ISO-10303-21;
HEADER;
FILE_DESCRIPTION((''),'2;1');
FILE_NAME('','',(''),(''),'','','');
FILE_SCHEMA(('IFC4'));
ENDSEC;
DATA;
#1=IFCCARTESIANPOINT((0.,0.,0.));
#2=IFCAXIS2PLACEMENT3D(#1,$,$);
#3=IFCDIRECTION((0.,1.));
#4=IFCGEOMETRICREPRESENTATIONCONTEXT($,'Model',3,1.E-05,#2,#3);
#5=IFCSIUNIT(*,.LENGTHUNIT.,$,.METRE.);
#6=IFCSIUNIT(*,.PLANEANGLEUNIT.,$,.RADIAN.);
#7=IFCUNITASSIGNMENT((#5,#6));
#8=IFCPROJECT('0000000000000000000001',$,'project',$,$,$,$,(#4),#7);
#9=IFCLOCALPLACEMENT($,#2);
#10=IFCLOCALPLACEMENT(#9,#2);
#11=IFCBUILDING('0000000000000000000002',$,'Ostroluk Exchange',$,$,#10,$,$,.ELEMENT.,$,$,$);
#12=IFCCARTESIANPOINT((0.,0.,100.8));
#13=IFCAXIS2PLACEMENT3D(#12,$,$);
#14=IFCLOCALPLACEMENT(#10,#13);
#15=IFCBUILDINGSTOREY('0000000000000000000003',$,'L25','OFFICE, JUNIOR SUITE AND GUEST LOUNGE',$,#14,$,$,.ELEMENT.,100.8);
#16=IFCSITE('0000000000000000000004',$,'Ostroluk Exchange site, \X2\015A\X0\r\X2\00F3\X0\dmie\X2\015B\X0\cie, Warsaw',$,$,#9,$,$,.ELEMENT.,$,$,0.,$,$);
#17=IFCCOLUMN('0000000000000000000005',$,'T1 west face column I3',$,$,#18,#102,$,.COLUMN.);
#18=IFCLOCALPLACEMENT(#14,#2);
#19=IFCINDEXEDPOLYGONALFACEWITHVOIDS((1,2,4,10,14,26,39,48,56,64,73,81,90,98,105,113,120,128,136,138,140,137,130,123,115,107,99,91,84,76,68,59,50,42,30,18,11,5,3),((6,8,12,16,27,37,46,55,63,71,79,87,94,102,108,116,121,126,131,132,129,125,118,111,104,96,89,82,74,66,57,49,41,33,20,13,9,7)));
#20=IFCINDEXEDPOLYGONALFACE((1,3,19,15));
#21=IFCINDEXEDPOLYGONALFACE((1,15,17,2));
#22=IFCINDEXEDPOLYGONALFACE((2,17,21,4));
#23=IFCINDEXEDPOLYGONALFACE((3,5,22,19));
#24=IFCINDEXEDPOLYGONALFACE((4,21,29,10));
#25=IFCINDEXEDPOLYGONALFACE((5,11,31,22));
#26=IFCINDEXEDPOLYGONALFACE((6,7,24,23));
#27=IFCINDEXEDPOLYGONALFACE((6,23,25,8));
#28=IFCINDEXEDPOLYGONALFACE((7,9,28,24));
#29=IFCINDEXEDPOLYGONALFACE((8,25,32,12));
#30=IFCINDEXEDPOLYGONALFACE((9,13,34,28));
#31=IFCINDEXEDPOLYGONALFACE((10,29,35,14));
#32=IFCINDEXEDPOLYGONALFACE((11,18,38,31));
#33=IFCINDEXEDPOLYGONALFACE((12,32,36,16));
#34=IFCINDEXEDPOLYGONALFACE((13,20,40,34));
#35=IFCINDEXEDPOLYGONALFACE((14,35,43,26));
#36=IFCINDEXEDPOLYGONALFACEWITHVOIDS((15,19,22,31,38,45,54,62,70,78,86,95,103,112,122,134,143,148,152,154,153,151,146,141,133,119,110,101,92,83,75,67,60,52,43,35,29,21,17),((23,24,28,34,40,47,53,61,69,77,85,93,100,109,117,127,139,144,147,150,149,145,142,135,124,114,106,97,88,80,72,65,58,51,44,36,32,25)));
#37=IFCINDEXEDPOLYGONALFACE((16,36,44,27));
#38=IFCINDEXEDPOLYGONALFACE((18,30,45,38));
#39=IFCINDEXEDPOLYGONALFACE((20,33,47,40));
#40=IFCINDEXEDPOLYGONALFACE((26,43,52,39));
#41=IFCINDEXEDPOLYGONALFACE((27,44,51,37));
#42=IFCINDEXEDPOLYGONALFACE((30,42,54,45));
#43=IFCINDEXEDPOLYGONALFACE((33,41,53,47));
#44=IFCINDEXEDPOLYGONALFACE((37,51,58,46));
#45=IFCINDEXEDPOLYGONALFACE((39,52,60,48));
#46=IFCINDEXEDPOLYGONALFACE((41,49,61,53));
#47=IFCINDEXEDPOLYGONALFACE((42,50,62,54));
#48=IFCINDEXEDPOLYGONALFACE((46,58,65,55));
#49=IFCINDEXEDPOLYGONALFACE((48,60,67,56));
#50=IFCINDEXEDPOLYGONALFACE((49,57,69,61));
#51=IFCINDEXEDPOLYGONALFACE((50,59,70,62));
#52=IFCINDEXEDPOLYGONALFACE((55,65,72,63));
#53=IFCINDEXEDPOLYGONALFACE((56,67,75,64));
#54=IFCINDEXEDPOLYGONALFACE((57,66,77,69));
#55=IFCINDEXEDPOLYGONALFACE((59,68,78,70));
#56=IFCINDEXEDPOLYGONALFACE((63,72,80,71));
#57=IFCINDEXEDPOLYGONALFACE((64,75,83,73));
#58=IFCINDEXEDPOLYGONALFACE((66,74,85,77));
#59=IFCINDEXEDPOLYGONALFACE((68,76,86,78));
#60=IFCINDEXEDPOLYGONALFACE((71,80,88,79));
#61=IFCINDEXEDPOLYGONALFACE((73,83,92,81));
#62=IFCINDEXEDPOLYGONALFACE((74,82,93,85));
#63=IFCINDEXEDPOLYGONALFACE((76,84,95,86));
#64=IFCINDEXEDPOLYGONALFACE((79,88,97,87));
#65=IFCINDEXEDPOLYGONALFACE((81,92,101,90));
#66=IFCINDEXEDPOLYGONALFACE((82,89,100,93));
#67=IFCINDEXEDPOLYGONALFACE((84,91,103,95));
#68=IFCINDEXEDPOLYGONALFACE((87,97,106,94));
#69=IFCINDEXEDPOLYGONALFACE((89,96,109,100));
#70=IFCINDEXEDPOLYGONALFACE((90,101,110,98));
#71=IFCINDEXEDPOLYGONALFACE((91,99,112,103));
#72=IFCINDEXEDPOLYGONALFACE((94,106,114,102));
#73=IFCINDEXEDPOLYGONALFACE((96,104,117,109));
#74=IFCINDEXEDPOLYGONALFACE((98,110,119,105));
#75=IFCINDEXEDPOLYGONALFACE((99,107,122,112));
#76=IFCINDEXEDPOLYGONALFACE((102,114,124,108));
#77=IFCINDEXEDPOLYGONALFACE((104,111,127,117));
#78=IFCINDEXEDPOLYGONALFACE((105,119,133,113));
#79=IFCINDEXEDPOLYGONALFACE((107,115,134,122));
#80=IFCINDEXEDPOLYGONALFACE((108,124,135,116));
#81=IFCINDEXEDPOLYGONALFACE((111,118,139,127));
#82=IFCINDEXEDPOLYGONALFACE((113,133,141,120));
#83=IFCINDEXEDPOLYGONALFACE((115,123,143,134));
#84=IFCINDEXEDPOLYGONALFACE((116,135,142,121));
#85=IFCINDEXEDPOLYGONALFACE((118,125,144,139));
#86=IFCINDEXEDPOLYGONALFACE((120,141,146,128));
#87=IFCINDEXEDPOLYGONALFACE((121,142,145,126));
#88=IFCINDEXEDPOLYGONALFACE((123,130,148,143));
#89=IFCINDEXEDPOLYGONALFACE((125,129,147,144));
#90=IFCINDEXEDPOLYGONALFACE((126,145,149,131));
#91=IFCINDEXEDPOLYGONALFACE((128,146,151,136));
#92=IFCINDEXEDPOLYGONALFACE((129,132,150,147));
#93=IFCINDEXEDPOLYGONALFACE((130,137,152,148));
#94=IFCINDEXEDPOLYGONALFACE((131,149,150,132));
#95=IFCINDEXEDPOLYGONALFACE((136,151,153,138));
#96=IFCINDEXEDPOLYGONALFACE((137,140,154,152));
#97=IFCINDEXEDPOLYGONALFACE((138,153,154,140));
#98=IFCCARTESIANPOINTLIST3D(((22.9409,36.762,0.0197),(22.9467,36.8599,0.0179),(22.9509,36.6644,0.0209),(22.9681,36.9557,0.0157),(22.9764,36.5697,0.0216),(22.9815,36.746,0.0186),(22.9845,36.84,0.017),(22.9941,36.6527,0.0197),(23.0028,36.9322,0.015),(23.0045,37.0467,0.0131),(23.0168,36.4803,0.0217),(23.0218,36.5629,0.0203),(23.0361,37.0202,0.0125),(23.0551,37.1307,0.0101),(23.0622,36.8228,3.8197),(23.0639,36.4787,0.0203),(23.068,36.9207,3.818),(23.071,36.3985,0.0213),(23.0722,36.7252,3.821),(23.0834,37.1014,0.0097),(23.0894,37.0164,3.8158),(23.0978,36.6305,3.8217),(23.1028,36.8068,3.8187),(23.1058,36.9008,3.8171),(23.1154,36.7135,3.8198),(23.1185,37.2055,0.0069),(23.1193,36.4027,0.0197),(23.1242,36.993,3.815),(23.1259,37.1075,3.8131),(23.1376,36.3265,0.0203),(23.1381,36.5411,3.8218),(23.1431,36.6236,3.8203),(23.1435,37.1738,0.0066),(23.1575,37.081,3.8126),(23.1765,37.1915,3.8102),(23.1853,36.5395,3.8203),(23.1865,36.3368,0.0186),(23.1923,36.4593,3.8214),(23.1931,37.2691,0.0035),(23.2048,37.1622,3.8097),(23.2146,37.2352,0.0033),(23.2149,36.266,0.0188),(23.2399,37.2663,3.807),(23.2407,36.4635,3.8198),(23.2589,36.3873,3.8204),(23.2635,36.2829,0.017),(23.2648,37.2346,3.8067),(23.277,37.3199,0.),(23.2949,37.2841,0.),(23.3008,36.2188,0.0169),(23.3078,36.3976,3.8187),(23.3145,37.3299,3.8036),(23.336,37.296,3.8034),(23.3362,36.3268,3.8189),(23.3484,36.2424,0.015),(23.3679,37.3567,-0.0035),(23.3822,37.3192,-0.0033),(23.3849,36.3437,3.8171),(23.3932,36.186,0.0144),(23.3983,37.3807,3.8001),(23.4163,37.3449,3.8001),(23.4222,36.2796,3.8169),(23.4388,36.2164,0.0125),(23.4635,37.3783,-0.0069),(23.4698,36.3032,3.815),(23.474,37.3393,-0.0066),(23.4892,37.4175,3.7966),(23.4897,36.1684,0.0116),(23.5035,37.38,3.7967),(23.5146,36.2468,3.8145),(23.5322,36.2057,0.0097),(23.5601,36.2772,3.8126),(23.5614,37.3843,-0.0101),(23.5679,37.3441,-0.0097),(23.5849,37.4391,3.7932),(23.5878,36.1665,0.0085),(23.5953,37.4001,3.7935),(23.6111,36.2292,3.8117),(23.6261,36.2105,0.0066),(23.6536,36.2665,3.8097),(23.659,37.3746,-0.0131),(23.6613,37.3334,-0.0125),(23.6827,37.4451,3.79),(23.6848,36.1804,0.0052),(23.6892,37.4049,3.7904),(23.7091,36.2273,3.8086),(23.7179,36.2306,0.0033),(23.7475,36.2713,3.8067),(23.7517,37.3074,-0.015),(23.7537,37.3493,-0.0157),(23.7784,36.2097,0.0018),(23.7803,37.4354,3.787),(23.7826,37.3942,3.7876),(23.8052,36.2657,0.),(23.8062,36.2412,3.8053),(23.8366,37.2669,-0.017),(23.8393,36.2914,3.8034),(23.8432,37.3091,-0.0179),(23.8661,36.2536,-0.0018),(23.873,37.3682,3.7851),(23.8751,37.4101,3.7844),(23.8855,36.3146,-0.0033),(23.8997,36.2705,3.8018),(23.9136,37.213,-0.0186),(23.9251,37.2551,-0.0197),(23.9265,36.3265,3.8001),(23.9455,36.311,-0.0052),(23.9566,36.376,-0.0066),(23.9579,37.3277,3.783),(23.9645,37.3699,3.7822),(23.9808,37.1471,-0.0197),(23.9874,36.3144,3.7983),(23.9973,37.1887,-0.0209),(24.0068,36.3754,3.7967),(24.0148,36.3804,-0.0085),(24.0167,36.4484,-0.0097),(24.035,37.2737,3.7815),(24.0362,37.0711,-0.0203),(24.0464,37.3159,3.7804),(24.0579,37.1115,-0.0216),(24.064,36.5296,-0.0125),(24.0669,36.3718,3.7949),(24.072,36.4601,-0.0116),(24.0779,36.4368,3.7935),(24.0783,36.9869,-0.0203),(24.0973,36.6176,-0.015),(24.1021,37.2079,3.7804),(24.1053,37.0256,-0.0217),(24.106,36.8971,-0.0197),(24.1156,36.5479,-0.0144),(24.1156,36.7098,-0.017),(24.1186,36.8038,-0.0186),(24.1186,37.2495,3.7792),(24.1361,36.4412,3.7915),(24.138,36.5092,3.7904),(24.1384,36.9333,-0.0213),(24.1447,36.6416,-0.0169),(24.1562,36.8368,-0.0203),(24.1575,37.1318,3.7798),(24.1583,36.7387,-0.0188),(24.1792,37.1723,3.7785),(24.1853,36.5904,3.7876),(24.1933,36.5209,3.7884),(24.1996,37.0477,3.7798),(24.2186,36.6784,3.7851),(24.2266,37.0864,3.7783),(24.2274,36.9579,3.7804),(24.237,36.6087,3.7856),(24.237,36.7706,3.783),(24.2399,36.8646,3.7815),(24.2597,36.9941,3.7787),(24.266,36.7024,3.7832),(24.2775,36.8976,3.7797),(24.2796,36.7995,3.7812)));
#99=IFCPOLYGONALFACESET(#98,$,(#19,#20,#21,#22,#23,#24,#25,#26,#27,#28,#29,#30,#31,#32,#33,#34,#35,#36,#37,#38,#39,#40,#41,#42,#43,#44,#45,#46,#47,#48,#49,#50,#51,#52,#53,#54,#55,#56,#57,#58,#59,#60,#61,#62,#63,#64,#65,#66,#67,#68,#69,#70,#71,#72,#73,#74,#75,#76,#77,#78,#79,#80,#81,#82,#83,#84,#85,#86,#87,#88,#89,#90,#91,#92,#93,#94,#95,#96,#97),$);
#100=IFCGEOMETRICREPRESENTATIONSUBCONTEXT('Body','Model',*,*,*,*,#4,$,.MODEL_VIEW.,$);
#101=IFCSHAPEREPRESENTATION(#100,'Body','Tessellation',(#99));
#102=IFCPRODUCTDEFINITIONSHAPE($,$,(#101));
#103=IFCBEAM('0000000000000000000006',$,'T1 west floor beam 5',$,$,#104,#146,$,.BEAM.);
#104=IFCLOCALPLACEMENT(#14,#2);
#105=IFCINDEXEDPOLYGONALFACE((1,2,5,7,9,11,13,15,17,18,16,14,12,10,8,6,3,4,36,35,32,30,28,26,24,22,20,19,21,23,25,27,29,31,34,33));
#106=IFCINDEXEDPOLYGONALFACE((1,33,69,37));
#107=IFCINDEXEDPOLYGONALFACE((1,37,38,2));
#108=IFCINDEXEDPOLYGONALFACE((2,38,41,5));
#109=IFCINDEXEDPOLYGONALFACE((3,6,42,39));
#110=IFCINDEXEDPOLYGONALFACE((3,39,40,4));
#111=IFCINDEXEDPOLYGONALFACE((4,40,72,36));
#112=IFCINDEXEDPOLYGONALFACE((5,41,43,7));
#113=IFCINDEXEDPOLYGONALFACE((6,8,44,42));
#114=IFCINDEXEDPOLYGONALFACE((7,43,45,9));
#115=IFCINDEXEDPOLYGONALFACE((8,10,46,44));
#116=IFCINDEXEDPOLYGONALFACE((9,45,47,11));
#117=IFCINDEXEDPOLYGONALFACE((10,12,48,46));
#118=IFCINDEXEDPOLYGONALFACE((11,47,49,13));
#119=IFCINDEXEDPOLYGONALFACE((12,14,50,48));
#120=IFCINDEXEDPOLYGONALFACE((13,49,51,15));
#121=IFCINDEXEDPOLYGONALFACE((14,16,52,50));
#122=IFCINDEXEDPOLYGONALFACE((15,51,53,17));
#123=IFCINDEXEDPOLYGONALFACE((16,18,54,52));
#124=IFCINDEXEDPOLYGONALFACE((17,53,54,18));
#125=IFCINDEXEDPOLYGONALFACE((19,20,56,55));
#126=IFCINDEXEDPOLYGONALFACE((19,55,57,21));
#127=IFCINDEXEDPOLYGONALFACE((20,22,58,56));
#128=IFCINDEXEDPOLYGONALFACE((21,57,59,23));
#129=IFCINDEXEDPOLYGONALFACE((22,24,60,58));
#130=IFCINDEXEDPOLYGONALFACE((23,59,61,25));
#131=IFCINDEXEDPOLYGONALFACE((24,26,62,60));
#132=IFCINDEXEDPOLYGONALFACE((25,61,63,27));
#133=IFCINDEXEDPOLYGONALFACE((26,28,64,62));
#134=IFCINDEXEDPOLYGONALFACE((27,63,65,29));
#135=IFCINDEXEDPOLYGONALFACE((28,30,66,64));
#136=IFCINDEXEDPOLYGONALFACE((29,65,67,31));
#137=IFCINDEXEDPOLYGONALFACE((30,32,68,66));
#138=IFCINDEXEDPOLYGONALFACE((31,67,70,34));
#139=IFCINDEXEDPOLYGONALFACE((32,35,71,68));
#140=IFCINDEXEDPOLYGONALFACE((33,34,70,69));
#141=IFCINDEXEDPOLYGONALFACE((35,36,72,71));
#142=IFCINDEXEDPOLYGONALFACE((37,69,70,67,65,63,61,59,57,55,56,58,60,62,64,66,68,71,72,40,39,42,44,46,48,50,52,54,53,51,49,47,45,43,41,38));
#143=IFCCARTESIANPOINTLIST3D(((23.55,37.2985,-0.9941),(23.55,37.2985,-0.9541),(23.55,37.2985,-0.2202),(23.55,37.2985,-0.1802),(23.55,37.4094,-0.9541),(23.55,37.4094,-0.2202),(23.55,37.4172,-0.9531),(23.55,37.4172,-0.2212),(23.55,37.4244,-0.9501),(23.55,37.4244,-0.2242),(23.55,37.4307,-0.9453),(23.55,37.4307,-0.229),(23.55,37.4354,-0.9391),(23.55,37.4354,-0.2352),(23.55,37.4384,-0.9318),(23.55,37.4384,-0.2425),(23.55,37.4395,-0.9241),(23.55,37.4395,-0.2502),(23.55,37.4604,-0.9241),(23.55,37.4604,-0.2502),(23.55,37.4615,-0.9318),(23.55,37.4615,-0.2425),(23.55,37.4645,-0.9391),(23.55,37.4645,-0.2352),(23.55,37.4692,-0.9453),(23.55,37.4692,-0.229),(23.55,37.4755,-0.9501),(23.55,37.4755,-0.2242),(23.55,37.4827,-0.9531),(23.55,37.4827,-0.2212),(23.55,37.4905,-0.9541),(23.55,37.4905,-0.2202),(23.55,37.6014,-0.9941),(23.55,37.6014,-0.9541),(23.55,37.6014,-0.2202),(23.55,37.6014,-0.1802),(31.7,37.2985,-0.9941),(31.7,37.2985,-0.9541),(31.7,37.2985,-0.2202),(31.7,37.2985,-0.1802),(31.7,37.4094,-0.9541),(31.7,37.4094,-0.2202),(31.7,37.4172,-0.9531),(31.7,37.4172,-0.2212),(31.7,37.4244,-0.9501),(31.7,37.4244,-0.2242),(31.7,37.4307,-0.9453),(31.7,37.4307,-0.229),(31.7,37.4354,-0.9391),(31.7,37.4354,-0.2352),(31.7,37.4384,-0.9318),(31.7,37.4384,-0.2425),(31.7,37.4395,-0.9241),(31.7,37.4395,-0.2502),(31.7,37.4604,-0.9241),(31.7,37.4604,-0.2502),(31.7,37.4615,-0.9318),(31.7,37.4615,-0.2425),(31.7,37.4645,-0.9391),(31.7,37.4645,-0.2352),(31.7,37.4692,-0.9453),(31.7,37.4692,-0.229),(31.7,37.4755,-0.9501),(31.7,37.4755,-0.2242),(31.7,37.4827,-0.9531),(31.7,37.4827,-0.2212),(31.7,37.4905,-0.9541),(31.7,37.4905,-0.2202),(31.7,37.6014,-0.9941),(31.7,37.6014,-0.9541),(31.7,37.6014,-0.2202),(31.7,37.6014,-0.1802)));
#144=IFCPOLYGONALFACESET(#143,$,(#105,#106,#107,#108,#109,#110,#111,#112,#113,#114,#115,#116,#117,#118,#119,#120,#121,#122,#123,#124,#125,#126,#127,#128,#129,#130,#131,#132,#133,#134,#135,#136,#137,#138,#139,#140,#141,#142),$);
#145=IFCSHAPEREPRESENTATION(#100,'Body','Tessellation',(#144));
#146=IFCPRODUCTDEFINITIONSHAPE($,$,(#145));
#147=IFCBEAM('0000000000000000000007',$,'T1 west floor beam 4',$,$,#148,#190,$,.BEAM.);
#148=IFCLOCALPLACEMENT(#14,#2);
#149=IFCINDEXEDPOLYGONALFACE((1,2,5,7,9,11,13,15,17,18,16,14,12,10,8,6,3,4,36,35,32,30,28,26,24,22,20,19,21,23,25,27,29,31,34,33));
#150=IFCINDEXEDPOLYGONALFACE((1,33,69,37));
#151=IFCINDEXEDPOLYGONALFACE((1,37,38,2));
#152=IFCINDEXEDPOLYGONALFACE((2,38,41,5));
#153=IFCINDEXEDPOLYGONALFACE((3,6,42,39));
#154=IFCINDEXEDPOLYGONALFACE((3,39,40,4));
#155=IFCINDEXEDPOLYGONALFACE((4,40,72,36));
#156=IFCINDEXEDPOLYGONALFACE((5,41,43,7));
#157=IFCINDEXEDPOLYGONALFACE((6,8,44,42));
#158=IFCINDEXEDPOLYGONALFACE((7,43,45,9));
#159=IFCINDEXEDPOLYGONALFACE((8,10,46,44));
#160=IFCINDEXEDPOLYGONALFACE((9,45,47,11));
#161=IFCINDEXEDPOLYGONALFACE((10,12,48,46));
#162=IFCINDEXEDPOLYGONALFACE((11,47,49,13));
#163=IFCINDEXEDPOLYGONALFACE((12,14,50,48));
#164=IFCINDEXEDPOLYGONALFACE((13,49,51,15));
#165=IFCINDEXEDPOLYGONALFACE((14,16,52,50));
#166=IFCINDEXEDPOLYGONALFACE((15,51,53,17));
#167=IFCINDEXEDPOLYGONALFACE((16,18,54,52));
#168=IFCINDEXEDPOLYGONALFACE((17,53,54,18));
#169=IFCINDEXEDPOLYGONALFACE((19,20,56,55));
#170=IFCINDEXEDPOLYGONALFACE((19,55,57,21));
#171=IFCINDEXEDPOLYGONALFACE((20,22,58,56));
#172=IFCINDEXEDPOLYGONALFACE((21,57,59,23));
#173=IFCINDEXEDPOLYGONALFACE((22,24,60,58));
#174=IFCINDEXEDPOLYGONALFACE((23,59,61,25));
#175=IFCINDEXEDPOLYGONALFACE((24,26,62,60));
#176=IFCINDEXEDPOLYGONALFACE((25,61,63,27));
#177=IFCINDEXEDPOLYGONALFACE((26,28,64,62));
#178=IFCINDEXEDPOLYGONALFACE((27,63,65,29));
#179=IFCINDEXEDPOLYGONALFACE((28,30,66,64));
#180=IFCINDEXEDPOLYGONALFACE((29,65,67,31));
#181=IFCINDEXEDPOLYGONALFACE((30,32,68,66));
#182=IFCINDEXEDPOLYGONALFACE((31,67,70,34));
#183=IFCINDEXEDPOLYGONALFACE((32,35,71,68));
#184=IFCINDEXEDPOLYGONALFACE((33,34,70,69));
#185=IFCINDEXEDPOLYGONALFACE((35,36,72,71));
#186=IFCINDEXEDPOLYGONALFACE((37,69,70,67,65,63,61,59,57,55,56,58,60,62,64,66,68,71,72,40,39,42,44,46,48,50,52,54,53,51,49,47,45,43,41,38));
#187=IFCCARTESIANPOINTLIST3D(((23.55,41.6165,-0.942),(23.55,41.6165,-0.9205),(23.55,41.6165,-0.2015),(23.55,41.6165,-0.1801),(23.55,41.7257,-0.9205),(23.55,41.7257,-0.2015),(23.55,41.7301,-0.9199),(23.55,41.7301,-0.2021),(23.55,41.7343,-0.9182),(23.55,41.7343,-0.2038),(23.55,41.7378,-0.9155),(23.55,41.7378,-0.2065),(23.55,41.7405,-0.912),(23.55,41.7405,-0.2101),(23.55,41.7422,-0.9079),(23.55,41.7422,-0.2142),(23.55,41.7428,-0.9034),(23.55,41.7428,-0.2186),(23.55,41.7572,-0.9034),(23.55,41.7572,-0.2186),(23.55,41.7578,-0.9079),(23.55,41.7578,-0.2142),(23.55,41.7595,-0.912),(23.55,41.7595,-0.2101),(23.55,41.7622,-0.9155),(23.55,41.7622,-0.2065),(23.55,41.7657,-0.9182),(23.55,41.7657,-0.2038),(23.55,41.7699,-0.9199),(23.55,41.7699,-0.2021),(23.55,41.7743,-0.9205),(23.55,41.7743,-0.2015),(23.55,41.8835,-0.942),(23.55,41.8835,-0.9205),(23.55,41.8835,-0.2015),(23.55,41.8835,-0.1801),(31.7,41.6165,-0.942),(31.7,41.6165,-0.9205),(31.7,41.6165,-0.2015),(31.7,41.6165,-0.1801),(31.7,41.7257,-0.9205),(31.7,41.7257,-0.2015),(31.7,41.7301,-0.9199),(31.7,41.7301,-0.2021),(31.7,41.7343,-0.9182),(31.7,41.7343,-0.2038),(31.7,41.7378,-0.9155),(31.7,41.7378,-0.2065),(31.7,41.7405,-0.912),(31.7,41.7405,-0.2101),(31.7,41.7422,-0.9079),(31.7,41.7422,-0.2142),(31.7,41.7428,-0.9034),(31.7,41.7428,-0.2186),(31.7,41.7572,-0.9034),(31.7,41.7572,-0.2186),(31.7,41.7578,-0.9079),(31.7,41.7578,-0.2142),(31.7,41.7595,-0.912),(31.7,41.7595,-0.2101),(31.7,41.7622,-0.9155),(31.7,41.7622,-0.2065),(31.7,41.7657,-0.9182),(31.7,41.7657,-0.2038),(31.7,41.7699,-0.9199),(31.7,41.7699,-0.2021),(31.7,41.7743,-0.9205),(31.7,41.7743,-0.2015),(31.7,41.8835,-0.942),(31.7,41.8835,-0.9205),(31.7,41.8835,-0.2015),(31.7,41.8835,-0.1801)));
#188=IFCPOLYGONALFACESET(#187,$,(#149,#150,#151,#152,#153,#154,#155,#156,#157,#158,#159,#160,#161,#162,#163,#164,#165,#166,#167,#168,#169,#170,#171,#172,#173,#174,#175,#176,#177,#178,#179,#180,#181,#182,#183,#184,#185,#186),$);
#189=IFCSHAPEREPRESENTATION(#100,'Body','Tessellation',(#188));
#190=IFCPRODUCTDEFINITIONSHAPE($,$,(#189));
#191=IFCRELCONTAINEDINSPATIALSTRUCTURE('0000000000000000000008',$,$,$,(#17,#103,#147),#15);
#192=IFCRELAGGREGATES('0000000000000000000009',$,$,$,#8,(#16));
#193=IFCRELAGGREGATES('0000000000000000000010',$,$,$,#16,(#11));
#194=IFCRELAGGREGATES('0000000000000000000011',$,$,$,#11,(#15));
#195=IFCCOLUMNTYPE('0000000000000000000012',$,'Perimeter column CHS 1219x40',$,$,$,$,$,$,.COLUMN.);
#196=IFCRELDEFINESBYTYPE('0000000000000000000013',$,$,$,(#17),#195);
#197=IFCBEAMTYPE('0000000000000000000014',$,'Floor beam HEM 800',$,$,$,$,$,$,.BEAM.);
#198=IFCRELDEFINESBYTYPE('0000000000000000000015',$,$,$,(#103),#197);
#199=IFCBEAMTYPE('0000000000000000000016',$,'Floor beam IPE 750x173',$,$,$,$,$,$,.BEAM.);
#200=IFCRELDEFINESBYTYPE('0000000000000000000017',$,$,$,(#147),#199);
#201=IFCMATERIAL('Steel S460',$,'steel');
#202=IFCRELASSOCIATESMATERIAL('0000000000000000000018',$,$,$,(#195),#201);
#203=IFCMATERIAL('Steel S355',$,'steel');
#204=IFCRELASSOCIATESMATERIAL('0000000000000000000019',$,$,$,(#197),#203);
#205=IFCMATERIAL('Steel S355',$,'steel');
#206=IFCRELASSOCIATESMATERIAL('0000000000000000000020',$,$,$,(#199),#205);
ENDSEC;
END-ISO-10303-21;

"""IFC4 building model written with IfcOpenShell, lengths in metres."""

from ifc_helpers import new_model, si_unit, direction, frame, origin, origin_2d, place, context, subcontext, project, spatial, hollow_circle, i_section, extrude, material, material_profile, profile_set, type_object, element, save


model = new_model("IFC4")

# Units and contexts
model_context = context("Model", 3, precision=1e-05, world=origin(), true_north=direction((0.0, 1.0)))
body_context = subcontext(model_context, "Body", "Model", "MODEL_VIEW")
ifc_project = project(units=[si_unit("LENGTHUNIT", "METRE"), si_unit("PLANEANGLEUNIT", "RADIAN")], contexts=[model_context])

# Site, building, storey
site_placement = place(None, origin())
site = spatial("IfcSite", under=ifc_project, at=site_placement, Name="Ostroluk Exchange site, Śródmieście, Warsaw", CompositionType="ELEMENT", RefElevation=0.0)
building_placement = place(site_placement, origin())
building = spatial("IfcBuilding", under=site, at=building_placement, Name="Ostroluk Exchange", CompositionType="ELEMENT")
storey_placement = place(building_placement, frame((0.0, 0.0, 100.8)))
storey = spatial("IfcBuildingStorey", under=building, at=storey_placement, Name="L25", Description="OFFICE, JUNIOR SUITE AND GUEST LOUNGE", CompositionType="ELEMENT", Elevation=100.8)

# Column
ifc_material_1 = material(Name="Steel S460", Category="steel")
ifc_material_profile_1 = material_profile(ifc_material_1, hollow_circle(Radius=0.6096, WallThickness=0.04, at=origin_2d()), Name="CHS 1219x40")
ifc_profile_set_1 = profile_set([ifc_material_profile_1], Name="Steel S460")
column_type = type_object("IfcColumnType", Name="Perimeter column CHS 1219x40", PredefinedType="COLUMN", material=ifc_profile_set_1)
column_placement = place(storey_placement, frame((23.55, 36.7749, 0.0), z_axis=(0.03191, 0.015987, 0.999363), x_axis=(-0.447933, 0.894067, 0.0)))
element("IfcColumn", 1, at=column_placement, inside=storey, type_object=column_type, Name="T1 west face column I3", PredefinedType="COLUMN", context=body_context, shape_type="SweptSolid", body=[
    extrude(hollow_circle(Radius=0.6096, WallThickness=0.04, at=origin_2d()), origin(), (0.0, 0.0, 1.0), 3.8025),
])

# Beams
ifc_material_2 = material(Name="Steel S355", Category="steel")
ifc_material_profile_2 = material_profile(ifc_material_2, i_section(OverallWidth=0.303, OverallDepth=0.814, WebThickness=0.021, FlangeThickness=0.04, FilletRadius=0.03, at=origin_2d()), Name="HEM 800")
ifc_profile_set_2 = profile_set([ifc_material_profile_2], Name="Steel S355")
beam_type_1 = type_object("IfcBeamType", Name="Floor beam HEM 800", PredefinedType="BEAM", material=ifc_profile_set_2)
beam_1_placement = place(storey_placement, frame((31.7, 37.45, -0.5872), z_axis=(-1.0, 0.0, 0.0), x_axis=(0.0, -1.0, 0.0)))
element("IfcBeam", 2, at=beam_1_placement, inside=storey, type_object=beam_type_1, Name="T1 west floor beam 5", PredefinedType="BEAM", context=body_context, shape_type="SweptSolid", body=[
    extrude(i_section(OverallWidth=0.303, OverallDepth=0.814, WebThickness=0.021, FlangeThickness=0.04, FilletRadius=0.03, at=origin_2d()), origin(), (0.0, 0.0, 1.0), 8.1499),
])
ifc_material_3 = material(Name="Steel S355", Category="steel")
ifc_material_profile_3 = material_profile(ifc_material_3, i_section(OverallWidth=0.2671, OverallDepth=0.762, WebThickness=0.0144, FlangeThickness=0.0215, FilletRadius=0.0171, at=origin_2d()), Name="IPE 750x173")
ifc_profile_set_3 = profile_set([ifc_material_profile_3], Name="Steel S355")
beam_type_2 = type_object("IfcBeamType", Name="Floor beam IPE 750x173", PredefinedType="BEAM", material=ifc_profile_set_3)
beam_2_placement = place(storey_placement, frame((31.7, 41.75, -0.561), z_axis=(-1.0, 0.0, 0.0), x_axis=(0.0, -1.0, 0.0)))
element("IfcBeam", 3, at=beam_2_placement, inside=storey, type_object=beam_type_2, Name="T1 west floor beam 4", PredefinedType="BEAM", context=body_context, shape_type="SweptSolid", body=[
    extrude(i_section(OverallWidth=0.2671, OverallDepth=0.762, WebThickness=0.0144, FlangeThickness=0.0215, FilletRadius=0.0171, at=origin_2d()), origin(), (0.0, 0.0, 1.0), 8.1499),
])

save(model, "model.ifc")
